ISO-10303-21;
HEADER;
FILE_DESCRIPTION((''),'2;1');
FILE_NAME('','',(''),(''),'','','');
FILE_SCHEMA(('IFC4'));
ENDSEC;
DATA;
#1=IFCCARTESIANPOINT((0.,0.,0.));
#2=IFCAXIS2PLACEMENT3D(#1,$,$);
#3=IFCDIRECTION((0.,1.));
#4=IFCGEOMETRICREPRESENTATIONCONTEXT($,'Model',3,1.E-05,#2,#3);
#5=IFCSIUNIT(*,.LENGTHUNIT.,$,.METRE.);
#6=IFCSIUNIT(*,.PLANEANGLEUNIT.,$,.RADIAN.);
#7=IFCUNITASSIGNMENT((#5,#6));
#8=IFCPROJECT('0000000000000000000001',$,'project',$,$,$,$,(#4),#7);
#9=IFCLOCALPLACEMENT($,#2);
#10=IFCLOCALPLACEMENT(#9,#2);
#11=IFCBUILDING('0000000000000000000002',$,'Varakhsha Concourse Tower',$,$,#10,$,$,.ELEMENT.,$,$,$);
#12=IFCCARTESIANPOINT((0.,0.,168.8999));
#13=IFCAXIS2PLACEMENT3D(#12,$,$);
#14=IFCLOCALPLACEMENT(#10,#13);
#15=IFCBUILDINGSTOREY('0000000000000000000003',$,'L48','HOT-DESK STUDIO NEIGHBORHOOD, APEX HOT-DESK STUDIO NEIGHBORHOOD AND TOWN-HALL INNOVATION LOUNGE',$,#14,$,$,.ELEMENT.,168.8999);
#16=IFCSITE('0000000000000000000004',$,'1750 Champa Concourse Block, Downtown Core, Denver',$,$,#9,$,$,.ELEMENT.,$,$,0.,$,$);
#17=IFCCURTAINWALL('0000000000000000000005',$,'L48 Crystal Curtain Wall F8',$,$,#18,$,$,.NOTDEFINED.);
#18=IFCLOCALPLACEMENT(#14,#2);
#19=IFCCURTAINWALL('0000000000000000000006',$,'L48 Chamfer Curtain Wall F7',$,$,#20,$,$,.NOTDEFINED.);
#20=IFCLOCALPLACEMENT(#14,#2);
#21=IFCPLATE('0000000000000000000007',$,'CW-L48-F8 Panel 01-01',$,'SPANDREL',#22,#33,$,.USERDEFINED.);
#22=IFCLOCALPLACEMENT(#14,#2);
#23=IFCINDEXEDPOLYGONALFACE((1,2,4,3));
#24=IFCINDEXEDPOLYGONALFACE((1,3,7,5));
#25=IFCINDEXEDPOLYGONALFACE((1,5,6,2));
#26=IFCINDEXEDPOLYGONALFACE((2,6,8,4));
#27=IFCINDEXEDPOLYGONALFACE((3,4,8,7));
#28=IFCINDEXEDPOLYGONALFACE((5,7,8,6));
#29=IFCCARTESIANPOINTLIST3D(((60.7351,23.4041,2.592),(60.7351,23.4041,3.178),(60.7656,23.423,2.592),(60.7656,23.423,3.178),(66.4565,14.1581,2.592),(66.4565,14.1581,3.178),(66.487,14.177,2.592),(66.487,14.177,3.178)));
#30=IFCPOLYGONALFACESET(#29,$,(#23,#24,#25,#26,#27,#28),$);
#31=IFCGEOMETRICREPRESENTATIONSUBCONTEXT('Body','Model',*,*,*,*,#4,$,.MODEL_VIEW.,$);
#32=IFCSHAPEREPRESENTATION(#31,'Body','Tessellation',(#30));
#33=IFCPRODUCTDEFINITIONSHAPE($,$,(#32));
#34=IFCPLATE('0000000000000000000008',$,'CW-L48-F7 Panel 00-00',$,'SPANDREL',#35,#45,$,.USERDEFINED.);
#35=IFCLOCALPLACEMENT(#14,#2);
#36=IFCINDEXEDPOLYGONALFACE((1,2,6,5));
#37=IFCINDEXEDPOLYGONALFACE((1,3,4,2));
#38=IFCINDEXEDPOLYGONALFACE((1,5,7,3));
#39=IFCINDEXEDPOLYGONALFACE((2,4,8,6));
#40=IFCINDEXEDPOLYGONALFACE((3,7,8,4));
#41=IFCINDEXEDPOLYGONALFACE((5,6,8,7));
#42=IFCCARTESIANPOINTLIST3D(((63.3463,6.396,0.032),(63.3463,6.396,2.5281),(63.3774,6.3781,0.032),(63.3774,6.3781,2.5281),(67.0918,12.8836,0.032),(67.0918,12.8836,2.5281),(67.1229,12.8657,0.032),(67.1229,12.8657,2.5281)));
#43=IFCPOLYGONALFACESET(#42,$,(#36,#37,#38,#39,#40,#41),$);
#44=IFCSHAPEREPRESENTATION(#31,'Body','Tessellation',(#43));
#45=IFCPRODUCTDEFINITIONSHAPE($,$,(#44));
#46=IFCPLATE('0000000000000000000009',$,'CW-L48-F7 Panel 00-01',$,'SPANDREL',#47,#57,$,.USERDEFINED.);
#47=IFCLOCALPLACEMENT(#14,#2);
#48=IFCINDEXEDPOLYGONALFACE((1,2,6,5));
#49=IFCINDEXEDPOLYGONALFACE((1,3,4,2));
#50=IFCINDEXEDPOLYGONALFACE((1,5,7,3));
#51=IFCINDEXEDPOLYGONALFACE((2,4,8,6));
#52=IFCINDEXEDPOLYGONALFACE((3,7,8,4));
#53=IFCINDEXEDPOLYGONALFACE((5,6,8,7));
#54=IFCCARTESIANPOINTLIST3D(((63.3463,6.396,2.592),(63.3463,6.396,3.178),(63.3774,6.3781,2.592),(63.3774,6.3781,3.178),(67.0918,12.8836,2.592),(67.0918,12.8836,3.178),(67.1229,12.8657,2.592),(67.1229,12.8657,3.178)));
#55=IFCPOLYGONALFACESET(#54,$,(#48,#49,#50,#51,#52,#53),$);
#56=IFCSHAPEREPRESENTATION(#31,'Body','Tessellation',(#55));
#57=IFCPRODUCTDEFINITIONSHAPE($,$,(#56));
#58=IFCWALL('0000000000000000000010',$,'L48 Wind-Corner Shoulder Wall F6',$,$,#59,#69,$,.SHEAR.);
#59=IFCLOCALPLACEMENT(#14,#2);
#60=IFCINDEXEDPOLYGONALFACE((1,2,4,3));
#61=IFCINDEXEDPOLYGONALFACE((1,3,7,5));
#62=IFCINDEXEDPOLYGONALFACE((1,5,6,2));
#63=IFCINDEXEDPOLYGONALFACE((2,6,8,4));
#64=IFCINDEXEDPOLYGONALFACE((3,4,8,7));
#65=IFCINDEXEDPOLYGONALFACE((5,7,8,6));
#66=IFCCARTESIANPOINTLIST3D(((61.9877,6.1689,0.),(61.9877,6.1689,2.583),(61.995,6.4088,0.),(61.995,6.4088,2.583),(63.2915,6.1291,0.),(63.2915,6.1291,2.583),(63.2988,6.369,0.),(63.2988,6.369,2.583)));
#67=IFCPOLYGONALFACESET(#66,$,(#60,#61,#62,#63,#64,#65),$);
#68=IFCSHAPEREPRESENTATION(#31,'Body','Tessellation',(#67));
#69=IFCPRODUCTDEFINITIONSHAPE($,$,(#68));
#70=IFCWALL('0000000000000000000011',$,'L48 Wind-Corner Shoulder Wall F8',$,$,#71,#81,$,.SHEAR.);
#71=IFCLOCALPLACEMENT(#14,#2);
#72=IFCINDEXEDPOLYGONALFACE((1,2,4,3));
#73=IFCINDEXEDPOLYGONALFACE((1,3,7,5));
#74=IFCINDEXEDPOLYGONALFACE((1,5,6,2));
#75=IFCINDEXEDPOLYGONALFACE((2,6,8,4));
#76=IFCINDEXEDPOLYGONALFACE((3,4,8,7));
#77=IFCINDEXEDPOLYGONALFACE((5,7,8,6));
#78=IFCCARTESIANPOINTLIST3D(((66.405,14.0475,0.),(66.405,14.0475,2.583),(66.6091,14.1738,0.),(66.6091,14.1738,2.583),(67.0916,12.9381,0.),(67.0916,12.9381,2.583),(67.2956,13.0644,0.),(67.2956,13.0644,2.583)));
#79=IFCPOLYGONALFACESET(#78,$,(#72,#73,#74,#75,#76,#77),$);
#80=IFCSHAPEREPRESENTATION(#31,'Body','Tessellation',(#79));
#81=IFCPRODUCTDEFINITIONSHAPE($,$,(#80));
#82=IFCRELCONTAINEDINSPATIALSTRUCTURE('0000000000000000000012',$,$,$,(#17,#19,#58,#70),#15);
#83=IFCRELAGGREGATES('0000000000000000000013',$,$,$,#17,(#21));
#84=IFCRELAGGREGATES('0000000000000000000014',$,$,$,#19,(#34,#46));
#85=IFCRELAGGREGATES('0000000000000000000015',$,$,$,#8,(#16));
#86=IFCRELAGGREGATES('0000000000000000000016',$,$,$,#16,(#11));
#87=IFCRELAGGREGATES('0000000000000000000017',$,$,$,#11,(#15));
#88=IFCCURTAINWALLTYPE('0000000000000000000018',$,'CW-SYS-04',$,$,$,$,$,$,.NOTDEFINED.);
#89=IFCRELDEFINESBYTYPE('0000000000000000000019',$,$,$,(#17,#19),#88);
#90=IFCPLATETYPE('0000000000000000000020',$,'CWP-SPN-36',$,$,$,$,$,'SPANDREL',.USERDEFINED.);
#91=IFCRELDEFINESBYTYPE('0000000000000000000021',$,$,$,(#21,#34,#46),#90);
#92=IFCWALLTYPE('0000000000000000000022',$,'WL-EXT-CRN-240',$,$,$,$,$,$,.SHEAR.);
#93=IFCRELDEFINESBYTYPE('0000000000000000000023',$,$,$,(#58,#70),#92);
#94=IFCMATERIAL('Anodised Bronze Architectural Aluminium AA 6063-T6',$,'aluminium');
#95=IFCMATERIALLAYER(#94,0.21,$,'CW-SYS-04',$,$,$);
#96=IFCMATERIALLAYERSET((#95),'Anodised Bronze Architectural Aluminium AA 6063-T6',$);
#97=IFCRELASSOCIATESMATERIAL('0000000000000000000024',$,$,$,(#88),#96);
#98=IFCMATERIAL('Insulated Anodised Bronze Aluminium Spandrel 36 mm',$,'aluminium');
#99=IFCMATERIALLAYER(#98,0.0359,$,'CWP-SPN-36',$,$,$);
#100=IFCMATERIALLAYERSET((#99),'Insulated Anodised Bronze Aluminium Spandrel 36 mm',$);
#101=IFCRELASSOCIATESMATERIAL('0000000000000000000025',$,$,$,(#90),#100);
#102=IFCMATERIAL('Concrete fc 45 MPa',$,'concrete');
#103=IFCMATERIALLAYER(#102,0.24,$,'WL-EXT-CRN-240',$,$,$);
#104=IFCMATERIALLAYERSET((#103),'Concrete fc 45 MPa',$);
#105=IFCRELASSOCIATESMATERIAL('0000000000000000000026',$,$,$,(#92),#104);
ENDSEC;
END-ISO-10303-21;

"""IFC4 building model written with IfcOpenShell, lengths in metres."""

from ifc_helpers import new_model, si_unit, direction, frame, frame_2d, origin, origin_2d, place, context, subcontext, project, spatial, rectangle, extrude, source, transform, mapped, material, layer, layer_set, type_object, type_shapes, element, aggregate, save


model = new_model("IFC4")

# Units and contexts
model_context = context("Model", 3, precision=1e-05, world=origin(), true_north=direction((0.0, 1.0)))
body_context = subcontext(model_context, "Body", "Model", "MODEL_VIEW")
ifc_project = project(units=[si_unit("LENGTHUNIT", "METRE"), si_unit("PLANEANGLEUNIT", "RADIAN")], contexts=[model_context])

# Site, building, storey
site_placement = place(None, origin())
site = spatial("IfcSite", under=ifc_project, at=site_placement, Name="1750 Champa Concourse Block, Downtown Core, Denver", CompositionType="ELEMENT", RefElevation=0.0)
building_placement = place(site_placement, origin())
building = spatial("IfcBuilding", under=site, at=building_placement, Name="Varakhsha Concourse Tower", CompositionType="ELEMENT")
storey_placement = place(building_placement, frame((0.0, 0.0, 168.8999)))
storey = spatial("IfcBuildingStorey", under=building, at=storey_placement, Name="L48", Description="HOT-DESK STUDIO NEIGHBORHOOD, APEX HOT-DESK STUDIO NEIGHBORHOOD AND TOWN-HALL INNOVATION LOUNGE", CompositionType="ELEMENT", Elevation=168.8999)

# Curtain wall
ifc_material_1 = material(Name="Anodised Bronze Architectural Aluminium AA 6063-T6", Category="aluminium")
ifc_layer_1 = layer(ifc_material_1, 0.21, Name="CW-SYS-04")
ifc_layer_set_1 = layer_set([ifc_layer_1], Name="Anodised Bronze Architectural Aluminium AA 6063-T6")
curtain_wall_type = type_object("IfcCurtainWallType", Name="CW-SYS-04", PredefinedType="NOTDEFINED", material=ifc_layer_set_1)
curtain_wall_1_placement = place(storey_placement, origin())
curtain_wall_1 = element("IfcCurtainWall", 1, at=curtain_wall_1_placement, inside=storey, type_object=curtain_wall_type, Name="L48 Crystal Curtain Wall F8", PredefinedType="NOTDEFINED")

# Curtain wall
curtain_wall_2_placement = place(storey_placement, origin())
curtain_wall_2 = element("IfcCurtainWall", 2, at=curtain_wall_2_placement, inside=storey, type_object=curtain_wall_type, Name="L48 Chamfer Curtain Wall F7", PredefinedType="NOTDEFINED")

# Plates
ifc_material_2 = material(Name="Insulated Anodised Bronze Aluminium Spandrel 36 mm", Category="aluminium")
ifc_layer_2 = layer(ifc_material_2, 0.0359, Name="CWP-SPN-36")
ifc_layer_set_2 = layer_set([ifc_layer_2], Name="Insulated Anodised Bronze Aluminium Spandrel 36 mm")
plate_type_1 = type_object("IfcPlateType", Name="CWP-SPN-36", ElementType="SPANDREL", PredefinedType="USERDEFINED", material=ifc_layer_set_2)
shared_shape_1 = source(origin(), body_context, "Body", "SweptSolid", [
    extrude(rectangle(XDim=10.873, YDim=0.0359, at=origin_2d()), origin(), (0.0, 0.0, 1.0), 0.5859),
])
plate_1_placement = place(storey_placement, frame((63.6111, 18.7905, 2.592), z_axis=(0.0, 0.0, 1.0), x_axis=(0.526199, -0.850361, 0.0)))
plate_1 = element("IfcPlate", 3, at=plate_1_placement, type_object=plate_type_1, Name="CW-L48-F8 Panel 01-01", ObjectType="SPANDREL", PredefinedType="USERDEFINED", context=body_context, shape_type="MappedRepresentation", body=[
    mapped(shared_shape_1, transform((0.0, 0.0, 0.0), scale=1.0)),
])
aggregate(curtain_wall_1, [plate_1])
shared_shape_2 = source(origin(), body_context, "Body", "SweptSolid", [
    extrude(rectangle(XDim=7.4912, YDim=0.0359, at=origin_2d()), origin(), (0.0, 0.0, 1.0), 2.4961),
])
plate_2_placement = place(storey_placement, frame((65.2346, 9.6309, 0.032), z_axis=(0.0, 0.0, 1.0), x_axis=(-0.499991, -0.866031, 0.0)))
plate_2 = element("IfcPlate", 4, at=plate_2_placement, type_object=plate_type_1, Name="CW-L48-F7 Panel 00-00", ObjectType="SPANDREL", PredefinedType="USERDEFINED", context=body_context, shape_type="MappedRepresentation", body=[
    mapped(shared_shape_2, transform((0.0, 0.0, 0.0), scale=1.0)),
])
shared_shape_3 = source(origin(), body_context, "Body", "SweptSolid", [
    extrude(rectangle(XDim=7.4912, YDim=0.0359, at=origin_2d()), origin(), (0.0, 0.0, 1.0), 0.5859),
])
type_shapes(plate_type_1, [shared_shape_1, shared_shape_2, shared_shape_3])
plate_3_placement = place(storey_placement, frame((65.2346, 9.6309, 2.592), z_axis=(0.0, 0.0, 1.0), x_axis=(-0.499991, -0.866031, 0.0)))
plate_3 = element("IfcPlate", 5, at=plate_3_placement, type_object=plate_type_1, Name="CW-L48-F7 Panel 00-01", ObjectType="SPANDREL", PredefinedType="USERDEFINED", context=body_context, shape_type="MappedRepresentation", body=[
    mapped(shared_shape_3, transform((0.0, 0.0, 0.0), scale=1.0)),
])
aggregate(curtain_wall_2, [plate_2, plate_3])

# Walls
ifc_material_3 = material(Name="Concrete fc 45 MPa", Category="concrete")
ifc_layer_3 = layer(ifc_material_3, 0.24, Name="WL-EXT-CRN-240")
ifc_layer_set_3 = layer_set([ifc_layer_3], Name="Concrete fc 45 MPa")
wall_type = type_object("IfcWallType", Name="WL-EXT-CRN-240", PredefinedType="SHEAR", material=ifc_layer_set_3)
wall_1_placement = place(storey_placement, frame((61.9912, 6.2888, 0.0), z_axis=(0.0, 0.0, 1.0), x_axis=(0.999535, -0.030504, 0.0)))
element("IfcWall", 6, at=wall_1_placement, inside=storey, type_object=wall_type, Name="L48 Wind-Corner Shoulder Wall F6", PredefinedType="SHEAR", context=body_context, shape_type="SweptSolid", body=[
    extrude(rectangle(XDim=1.3044, YDim=0.24, at=frame_2d((0.6523, 0.0))), origin(), (0.0, 0.0, 1.0), 2.583),
])
wall_2_placement = place(storey_placement, frame((67.1936, 13.0012, 0.0), z_axis=(0.0, 0.0, 1.0), x_axis=(-0.526226, 0.850345, 0.0)))
element("IfcWall", 7, at=wall_2_placement, inside=storey, type_object=wall_type, Name="L48 Wind-Corner Shoulder Wall F8", PredefinedType="SHEAR", context=body_context, shape_type="SweptSolid", body=[
    extrude(rectangle(XDim=1.3047, YDim=0.24, at=frame_2d((0.6523, 0.0))), origin(), (0.0, 0.0, 1.0), 2.583),
])

save(model, "model.ifc")
